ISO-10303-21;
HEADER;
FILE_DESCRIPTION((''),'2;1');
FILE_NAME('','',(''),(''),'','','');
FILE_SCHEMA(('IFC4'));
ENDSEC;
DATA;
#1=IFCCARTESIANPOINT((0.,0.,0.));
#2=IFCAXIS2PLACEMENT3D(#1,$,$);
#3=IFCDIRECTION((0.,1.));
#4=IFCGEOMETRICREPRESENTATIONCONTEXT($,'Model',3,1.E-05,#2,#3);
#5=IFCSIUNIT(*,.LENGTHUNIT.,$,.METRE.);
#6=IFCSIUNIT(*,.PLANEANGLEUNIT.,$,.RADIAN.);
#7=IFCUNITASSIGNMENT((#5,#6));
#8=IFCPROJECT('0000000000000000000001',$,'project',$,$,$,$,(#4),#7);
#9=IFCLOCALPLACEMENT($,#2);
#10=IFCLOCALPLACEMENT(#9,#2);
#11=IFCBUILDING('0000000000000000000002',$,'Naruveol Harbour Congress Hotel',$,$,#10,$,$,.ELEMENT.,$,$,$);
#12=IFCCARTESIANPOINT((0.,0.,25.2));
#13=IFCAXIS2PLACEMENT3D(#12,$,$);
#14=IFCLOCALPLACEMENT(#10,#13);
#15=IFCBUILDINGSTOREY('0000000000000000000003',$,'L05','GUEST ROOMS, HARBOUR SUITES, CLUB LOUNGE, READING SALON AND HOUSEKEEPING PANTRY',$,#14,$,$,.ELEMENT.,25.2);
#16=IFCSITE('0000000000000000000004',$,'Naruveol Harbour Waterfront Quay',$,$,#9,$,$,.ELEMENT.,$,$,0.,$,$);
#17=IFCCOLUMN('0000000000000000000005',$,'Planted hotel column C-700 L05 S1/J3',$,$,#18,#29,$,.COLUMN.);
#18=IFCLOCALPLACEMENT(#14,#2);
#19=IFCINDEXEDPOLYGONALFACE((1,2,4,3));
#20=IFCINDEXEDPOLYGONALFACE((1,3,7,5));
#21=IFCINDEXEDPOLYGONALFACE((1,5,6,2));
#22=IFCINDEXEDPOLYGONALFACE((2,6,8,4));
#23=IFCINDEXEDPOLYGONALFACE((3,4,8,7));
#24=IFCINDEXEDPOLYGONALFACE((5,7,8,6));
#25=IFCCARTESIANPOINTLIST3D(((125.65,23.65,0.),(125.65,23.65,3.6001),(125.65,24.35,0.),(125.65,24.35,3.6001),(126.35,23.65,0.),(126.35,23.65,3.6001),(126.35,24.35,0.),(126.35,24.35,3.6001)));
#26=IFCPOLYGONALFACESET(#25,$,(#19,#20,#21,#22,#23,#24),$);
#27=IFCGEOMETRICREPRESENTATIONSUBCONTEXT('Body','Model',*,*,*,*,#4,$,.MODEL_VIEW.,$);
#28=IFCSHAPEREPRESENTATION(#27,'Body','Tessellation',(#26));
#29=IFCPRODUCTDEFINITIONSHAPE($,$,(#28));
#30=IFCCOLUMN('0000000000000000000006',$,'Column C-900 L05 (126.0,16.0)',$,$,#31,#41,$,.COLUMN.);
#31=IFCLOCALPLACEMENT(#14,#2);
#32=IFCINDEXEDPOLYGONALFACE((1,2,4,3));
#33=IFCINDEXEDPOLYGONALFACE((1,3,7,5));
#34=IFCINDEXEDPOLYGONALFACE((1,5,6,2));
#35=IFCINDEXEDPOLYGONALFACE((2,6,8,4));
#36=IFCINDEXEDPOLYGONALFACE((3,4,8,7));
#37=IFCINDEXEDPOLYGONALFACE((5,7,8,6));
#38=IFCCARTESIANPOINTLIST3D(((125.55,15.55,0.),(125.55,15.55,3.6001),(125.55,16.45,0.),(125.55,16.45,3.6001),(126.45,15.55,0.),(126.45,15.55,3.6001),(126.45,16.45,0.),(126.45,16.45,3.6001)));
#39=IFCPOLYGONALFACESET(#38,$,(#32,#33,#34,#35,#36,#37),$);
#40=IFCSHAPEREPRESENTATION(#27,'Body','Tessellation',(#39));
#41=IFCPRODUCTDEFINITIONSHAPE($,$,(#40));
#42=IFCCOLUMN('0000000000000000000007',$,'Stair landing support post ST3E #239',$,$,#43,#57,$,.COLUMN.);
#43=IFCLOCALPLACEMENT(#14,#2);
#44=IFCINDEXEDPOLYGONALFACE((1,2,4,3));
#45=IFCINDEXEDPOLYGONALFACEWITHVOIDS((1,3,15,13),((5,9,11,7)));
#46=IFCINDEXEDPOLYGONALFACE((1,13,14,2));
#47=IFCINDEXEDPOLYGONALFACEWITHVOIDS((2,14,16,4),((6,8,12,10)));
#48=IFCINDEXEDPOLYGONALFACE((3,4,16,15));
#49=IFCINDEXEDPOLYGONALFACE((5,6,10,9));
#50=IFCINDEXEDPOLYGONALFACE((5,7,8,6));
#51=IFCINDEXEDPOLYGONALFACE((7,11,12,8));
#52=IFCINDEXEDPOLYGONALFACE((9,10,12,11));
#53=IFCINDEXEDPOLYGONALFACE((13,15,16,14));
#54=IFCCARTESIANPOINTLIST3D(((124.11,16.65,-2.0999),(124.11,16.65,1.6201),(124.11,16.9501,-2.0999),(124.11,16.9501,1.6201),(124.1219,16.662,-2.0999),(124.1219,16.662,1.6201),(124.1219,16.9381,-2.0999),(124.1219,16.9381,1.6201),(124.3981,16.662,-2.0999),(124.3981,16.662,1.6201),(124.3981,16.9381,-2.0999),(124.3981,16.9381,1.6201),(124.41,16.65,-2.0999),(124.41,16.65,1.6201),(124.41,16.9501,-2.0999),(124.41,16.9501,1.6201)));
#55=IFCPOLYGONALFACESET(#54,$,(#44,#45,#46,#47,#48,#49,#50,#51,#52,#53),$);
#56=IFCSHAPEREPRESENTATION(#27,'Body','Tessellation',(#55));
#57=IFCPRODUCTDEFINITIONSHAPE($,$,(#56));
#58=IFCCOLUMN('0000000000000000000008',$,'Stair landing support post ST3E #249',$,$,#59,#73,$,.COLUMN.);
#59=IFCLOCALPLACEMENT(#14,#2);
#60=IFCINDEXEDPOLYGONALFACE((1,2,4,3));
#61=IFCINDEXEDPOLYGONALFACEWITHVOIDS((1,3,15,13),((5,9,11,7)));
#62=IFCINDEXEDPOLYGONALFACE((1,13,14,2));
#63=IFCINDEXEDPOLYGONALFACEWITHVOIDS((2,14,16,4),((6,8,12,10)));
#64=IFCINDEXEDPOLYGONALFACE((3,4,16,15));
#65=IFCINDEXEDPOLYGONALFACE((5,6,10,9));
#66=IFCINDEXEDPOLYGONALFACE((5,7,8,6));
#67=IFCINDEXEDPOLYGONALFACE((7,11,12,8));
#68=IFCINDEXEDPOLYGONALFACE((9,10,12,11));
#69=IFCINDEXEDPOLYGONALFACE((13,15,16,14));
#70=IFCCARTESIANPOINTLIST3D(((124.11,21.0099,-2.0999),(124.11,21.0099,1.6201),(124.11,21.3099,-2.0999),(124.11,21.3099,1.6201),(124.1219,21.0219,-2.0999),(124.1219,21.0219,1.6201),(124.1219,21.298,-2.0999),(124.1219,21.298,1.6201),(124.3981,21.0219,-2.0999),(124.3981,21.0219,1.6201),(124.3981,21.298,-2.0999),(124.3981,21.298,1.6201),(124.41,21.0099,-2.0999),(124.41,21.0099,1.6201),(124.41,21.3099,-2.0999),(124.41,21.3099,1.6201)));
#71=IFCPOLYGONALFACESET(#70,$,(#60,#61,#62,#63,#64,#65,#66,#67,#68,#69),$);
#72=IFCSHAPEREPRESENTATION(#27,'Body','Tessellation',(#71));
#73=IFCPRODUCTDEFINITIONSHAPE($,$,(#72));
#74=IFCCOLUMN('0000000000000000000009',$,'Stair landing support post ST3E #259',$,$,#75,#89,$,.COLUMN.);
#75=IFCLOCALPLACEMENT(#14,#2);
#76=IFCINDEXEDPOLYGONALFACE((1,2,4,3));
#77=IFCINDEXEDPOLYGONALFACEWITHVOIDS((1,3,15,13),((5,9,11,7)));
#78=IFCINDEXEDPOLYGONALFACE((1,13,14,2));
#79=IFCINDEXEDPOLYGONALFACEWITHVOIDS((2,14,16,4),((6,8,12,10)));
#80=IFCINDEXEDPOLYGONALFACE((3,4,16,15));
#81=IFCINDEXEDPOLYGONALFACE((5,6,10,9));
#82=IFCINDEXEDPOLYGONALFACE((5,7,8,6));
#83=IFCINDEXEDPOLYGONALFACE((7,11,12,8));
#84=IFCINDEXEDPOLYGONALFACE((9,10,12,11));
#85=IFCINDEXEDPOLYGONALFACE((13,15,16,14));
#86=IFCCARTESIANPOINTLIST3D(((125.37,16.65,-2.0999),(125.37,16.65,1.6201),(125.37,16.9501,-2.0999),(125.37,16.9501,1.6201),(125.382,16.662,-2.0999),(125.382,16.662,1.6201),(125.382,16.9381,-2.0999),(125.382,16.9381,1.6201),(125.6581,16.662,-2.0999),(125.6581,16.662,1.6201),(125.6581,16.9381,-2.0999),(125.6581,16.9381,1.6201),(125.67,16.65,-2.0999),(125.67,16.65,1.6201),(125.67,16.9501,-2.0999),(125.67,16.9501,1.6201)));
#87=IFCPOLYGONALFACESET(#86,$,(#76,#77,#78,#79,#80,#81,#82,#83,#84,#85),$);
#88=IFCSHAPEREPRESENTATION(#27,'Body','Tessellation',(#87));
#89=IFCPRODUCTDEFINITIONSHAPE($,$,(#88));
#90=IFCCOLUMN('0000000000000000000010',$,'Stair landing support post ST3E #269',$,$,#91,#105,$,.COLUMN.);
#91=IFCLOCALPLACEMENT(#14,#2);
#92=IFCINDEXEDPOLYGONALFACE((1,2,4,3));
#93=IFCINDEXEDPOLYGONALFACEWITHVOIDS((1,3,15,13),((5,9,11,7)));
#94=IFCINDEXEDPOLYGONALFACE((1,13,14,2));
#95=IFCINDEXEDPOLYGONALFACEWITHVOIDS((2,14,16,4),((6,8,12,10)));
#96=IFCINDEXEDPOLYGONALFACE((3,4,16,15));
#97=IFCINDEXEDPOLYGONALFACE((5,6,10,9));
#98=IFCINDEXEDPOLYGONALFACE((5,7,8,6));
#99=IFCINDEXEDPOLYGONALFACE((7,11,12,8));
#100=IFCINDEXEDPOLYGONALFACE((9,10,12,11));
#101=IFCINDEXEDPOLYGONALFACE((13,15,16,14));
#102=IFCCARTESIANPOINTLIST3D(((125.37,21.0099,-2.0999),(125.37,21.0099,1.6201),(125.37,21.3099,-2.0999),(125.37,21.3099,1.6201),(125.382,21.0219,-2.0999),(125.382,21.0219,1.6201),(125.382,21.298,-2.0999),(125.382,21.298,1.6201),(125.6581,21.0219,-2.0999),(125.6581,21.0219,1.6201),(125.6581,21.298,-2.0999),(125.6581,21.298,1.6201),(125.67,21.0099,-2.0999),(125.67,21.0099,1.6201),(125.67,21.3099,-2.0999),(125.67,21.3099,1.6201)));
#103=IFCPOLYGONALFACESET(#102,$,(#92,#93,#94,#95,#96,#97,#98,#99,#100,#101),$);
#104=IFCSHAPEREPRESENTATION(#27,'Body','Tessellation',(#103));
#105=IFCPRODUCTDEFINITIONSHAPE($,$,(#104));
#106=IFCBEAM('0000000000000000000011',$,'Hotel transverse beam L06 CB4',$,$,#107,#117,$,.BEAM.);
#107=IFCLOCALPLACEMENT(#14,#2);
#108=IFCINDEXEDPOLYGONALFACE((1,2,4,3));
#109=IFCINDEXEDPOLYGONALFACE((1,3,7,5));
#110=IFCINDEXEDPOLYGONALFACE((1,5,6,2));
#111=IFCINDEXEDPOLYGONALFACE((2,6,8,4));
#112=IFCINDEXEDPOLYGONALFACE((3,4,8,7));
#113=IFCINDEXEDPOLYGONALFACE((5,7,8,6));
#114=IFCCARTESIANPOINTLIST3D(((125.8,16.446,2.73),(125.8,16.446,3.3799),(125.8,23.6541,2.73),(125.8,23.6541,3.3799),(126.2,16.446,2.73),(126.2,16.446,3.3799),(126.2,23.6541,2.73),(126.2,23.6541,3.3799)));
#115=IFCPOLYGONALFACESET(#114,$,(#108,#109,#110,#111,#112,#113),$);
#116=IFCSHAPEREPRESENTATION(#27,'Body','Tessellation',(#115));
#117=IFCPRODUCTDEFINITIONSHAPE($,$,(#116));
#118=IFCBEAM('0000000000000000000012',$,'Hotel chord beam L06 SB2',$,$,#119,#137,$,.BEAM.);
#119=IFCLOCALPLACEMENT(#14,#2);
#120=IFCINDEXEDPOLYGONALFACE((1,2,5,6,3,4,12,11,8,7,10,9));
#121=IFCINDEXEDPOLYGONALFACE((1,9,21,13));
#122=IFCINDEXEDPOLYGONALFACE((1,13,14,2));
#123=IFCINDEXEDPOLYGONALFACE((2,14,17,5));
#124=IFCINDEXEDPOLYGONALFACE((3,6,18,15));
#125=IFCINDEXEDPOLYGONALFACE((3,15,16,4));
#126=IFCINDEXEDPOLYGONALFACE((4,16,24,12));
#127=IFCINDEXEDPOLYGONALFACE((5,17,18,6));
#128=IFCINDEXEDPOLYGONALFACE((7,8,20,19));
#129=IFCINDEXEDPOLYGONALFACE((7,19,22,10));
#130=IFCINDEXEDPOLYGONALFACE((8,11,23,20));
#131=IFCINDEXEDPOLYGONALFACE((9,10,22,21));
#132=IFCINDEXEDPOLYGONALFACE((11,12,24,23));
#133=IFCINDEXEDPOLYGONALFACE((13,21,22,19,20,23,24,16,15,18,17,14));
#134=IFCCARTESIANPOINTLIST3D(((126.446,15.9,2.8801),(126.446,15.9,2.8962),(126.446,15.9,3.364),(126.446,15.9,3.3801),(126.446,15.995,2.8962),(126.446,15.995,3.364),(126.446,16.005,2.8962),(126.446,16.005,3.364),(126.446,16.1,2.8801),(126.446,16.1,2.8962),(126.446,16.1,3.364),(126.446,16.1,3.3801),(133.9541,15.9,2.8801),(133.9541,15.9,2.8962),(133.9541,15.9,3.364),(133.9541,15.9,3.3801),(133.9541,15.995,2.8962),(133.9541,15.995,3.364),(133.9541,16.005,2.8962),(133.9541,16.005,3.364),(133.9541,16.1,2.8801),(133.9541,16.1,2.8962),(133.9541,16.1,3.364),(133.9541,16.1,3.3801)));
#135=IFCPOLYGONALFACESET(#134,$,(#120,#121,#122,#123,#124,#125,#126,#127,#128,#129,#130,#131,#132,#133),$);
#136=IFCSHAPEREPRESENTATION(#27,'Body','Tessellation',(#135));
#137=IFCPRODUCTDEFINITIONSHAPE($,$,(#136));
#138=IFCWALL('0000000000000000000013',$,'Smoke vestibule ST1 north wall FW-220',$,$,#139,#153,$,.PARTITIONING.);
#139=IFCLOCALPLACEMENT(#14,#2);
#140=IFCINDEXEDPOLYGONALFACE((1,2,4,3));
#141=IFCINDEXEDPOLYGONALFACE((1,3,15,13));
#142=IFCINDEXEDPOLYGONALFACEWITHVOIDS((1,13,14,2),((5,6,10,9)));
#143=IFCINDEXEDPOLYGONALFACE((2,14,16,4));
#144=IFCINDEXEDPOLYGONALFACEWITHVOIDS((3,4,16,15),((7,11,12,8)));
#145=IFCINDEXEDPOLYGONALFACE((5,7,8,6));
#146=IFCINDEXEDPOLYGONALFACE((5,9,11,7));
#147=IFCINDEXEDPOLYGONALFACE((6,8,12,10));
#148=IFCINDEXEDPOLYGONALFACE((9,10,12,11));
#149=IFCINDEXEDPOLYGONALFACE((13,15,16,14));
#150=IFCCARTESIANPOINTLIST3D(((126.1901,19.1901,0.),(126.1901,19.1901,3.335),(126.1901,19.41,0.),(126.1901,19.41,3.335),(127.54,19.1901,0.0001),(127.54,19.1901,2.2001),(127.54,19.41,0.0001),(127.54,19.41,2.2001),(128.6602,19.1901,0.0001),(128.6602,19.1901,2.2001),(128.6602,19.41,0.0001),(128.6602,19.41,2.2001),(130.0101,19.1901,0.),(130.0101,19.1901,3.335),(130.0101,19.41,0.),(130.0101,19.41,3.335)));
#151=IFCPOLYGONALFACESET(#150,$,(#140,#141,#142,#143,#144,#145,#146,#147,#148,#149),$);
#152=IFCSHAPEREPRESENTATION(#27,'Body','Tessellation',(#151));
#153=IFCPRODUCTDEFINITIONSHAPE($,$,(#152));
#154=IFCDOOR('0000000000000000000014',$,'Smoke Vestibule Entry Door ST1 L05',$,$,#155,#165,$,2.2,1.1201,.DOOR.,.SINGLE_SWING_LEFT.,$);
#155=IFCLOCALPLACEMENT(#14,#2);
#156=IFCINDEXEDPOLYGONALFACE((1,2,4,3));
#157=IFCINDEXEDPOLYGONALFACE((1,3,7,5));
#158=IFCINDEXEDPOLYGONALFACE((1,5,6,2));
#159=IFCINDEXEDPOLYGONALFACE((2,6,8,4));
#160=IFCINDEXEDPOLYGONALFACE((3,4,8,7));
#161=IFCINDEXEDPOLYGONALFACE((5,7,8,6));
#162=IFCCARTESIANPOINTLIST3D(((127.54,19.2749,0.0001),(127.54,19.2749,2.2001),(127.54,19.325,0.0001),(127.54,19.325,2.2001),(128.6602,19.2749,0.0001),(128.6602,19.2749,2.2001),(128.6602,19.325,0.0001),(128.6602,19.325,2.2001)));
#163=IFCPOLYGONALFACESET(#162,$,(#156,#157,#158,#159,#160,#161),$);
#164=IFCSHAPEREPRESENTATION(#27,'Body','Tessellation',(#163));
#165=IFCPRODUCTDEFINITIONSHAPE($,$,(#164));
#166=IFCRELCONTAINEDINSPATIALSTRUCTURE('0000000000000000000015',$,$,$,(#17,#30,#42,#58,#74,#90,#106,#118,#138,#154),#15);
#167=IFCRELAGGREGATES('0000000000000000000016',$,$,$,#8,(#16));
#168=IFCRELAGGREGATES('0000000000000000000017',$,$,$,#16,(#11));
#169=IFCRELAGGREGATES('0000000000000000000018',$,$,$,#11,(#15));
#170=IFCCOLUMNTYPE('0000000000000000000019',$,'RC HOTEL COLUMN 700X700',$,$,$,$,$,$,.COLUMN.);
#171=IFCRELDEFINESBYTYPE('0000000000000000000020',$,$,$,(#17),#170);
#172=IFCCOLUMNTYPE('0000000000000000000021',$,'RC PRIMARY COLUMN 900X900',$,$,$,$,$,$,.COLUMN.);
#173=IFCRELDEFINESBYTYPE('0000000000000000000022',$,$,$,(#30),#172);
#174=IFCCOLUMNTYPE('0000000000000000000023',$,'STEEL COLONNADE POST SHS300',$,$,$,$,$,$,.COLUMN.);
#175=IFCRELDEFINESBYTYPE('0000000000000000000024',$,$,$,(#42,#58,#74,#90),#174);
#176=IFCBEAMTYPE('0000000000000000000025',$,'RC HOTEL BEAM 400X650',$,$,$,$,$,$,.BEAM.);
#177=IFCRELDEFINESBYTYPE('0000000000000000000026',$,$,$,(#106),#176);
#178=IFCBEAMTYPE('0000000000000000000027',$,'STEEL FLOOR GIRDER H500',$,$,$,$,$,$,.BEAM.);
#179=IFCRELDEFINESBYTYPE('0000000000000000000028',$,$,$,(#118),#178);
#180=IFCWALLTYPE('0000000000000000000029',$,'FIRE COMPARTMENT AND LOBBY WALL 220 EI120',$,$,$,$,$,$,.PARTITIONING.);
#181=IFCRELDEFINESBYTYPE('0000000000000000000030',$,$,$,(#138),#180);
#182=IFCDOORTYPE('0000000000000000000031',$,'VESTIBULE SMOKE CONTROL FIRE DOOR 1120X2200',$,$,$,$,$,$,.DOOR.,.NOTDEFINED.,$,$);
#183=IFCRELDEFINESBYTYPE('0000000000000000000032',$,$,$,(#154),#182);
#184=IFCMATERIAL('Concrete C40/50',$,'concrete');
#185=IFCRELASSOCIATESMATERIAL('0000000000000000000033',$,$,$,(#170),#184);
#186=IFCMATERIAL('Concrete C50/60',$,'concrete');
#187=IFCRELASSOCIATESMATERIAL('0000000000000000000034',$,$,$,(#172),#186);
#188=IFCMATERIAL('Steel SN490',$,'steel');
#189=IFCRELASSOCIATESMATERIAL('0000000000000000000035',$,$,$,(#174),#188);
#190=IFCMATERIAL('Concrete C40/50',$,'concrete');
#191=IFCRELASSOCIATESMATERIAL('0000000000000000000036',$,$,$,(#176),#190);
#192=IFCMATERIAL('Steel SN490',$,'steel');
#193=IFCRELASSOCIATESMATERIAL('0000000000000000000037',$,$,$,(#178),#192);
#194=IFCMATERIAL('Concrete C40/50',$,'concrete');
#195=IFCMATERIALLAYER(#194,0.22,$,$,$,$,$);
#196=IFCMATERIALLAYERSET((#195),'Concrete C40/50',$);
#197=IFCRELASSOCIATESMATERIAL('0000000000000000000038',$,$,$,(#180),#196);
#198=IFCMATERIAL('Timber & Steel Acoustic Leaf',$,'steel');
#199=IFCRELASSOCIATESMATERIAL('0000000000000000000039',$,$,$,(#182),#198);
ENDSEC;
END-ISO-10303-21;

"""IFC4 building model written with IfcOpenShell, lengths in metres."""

from ifc_helpers import new_model, si_unit, direction, frame, frame_2d, origin, origin_2d, place, context, subcontext, project, spatial, rectangle, hollow_rectangle, i_section, extrude, material, layer, layer_set, material_profile, profile_set, type_object, element, fill, save


model = new_model("IFC4")

# Units and contexts
model_context = context("Model", 3, precision=1e-05, world=origin(), true_north=direction((0.0, 1.0)))
body_context = subcontext(model_context, "Body", "Model", "MODEL_VIEW")
ifc_project = project(units=[si_unit("LENGTHUNIT", "METRE"), si_unit("PLANEANGLEUNIT", "RADIAN")], contexts=[model_context])

# Site, building, storey
site_placement = place(None, origin())
site = spatial("IfcSite", under=ifc_project, at=site_placement, Name="Naruveol Harbour Waterfront Quay", CompositionType="ELEMENT", RefElevation=0.0)
building_placement = place(site_placement, origin())
building = spatial("IfcBuilding", under=site, at=building_placement, Name="Naruveol Harbour Congress Hotel", CompositionType="ELEMENT")
storey_placement = place(building_placement, frame((0.0, 0.0, 25.2)))
storey = spatial("IfcBuildingStorey", under=building, at=storey_placement, Name="L05", Description="GUEST ROOMS, HARBOUR SUITES, CLUB LOUNGE, READING SALON AND HOUSEKEEPING PANTRY", CompositionType="ELEMENT", Elevation=25.2)

# Columns
ifc_material_1 = material(Name="Concrete C40/50", Category="concrete")
ifc_material_profile_1 = material_profile(ifc_material_1, rectangle(XDim=0.7, YDim=0.7, at=origin_2d()), Name="RC-700x700")
ifc_profile_set_1 = profile_set([ifc_material_profile_1], Name="Concrete C40/50")
column_type_1 = type_object("IfcColumnType", Name="RC HOTEL COLUMN 700X700", PredefinedType="COLUMN", material=ifc_profile_set_1)
column_1_placement = place(storey_placement, frame((126.0, 24.0, 0.0), z_axis=(0.0, 0.0, 1.0), x_axis=(1.0, 0.0, 0.0)))
element("IfcColumn", 1, at=column_1_placement, inside=storey, type_object=column_type_1, Name="Planted hotel column C-700 L05 S1/J3", PredefinedType="COLUMN", context=body_context, shape_type="SweptSolid", body=[
    extrude(rectangle(XDim=0.7, YDim=0.7, at=origin_2d()), origin(), (0.0, 0.0, 1.0), 3.6001),
])
ifc_material_2 = material(Name="Concrete C50/60", Category="concrete")
ifc_material_profile_2 = material_profile(ifc_material_2, rectangle(XDim=0.8999, YDim=0.8999, at=origin_2d()), Name="RC-900x900")
ifc_profile_set_2 = profile_set([ifc_material_profile_2], Name="Concrete C50/60")
column_type_2 = type_object("IfcColumnType", Name="RC PRIMARY COLUMN 900X900", PredefinedType="COLUMN", material=ifc_profile_set_2)
column_2_placement = place(storey_placement, frame((126.0, 16.0, 0.0), z_axis=(0.0, 0.0, 1.0), x_axis=(1.0, 0.0, 0.0)))
element("IfcColumn", 2, at=column_2_placement, inside=storey, type_object=column_type_2, Name="Column C-900 L05 (126.0,16.0)", PredefinedType="COLUMN", context=body_context, shape_type="SweptSolid", body=[
    extrude(rectangle(XDim=0.8999, YDim=0.8999, at=origin_2d()), origin(), (0.0, 0.0, 1.0), 3.6001),
])
ifc_material_3 = material(Name="Steel SN490", Category="steel")
ifc_material_profile_3 = material_profile(ifc_material_3, hollow_rectangle(XDim=0.3, YDim=0.3, WallThickness=0.012, at=origin_2d()), Name="SHS-300x300x12")
ifc_profile_set_3 = profile_set([ifc_material_profile_3], Name="Steel SN490")
column_type_3 = type_object("IfcColumnType", Name="STEEL COLONNADE POST SHS300", PredefinedType="COLUMN", material=ifc_profile_set_3)
for number, where, z_axis, x_axis, name in (
    (3, (124.26, 16.8, -2.0999), (0.0, 0.0, 1.0), (1.0, 0.0, 0.0), "Stair landing support post ST3E #239"),
    (4, (124.26, 21.1599, -2.0999), (0.0, 0.0, 1.0), (1.0, 0.0, 0.0), "Stair landing support post ST3E #249"),
    (5, (125.52, 16.8, -2.0999), (0.0, 0.0, 1.0), (1.0, 0.0, 0.0), "Stair landing support post ST3E #259"),
    (6, (125.52, 21.1599, -2.0999), (0.0, 0.0, 1.0), (1.0, 0.0, 0.0), "Stair landing support post ST3E #269"),
):
    element("IfcColumn", number, at=place(storey_placement, frame(where, z_axis=z_axis, x_axis=x_axis)), inside=storey, type_object=column_type_3, Name=name, PredefinedType="COLUMN", context=body_context, shape_type="SweptSolid", body=[
        extrude(hollow_rectangle(XDim=0.3, YDim=0.3, WallThickness=0.012, at=origin_2d()), origin(), (0.0, 0.0, 1.0), 3.72),
    ])

# Beams
ifc_material_4 = material(Name="Concrete C40/50", Category="concrete")
ifc_material_profile_4 = material_profile(ifc_material_4, rectangle(XDim=0.3999, YDim=0.6499, at=origin_2d()), Name="RCB-400x650")
ifc_profile_set_4 = profile_set([ifc_material_profile_4], Name="Concrete C40/50")
beam_type_1 = type_object("IfcBeamType", Name="RC HOTEL BEAM 400X650", PredefinedType="BEAM", material=ifc_profile_set_4)
beam_1_placement = place(storey_placement, frame((126.0, 16.446, 3.0549), z_axis=(0.0, 1.0, 0.0), x_axis=(-1.0, 0.0, 0.0)))
element("IfcBeam", 7, at=beam_1_placement, inside=storey, type_object=beam_type_1, Name="Hotel transverse beam L06 CB4", PredefinedType="BEAM", context=body_context, shape_type="SweptSolid", body=[
    extrude(rectangle(XDim=0.3999, YDim=0.6499, at=origin_2d()), origin(), (0.0, 0.0, 1.0), 7.208),
])
ifc_material_5 = material(Name="Steel SN490", Category="steel")
ifc_material_profile_5 = material_profile(ifc_material_5, i_section(OverallWidth=0.2, OverallDepth=0.5, WebThickness=0.01, FlangeThickness=0.0161, at=origin_2d()), Name="H-500x200x10x16")
ifc_profile_set_5 = profile_set([ifc_material_profile_5], Name="Steel SN490")
beam_type_2 = type_object("IfcBeamType", Name="STEEL FLOOR GIRDER H500", PredefinedType="BEAM", material=ifc_profile_set_5)
beam_2_placement = place(storey_placement, frame((126.446, 16.0, 3.1301), z_axis=(1.0, 0.0, 0.0), x_axis=(0.0, 1.0, 0.0)))
element("IfcBeam", 8, at=beam_2_placement, inside=storey, type_object=beam_type_2, Name="Hotel chord beam L06 SB2", PredefinedType="BEAM", context=body_context, shape_type="SweptSolid", body=[
    extrude(i_section(OverallWidth=0.2, OverallDepth=0.5, WebThickness=0.01, FlangeThickness=0.0161, at=origin_2d()), origin(), (0.0, 0.0, 1.0), 7.5081),
])

# Wall, opening, door
ifc_material_6 = material(Name="Concrete C40/50", Category="concrete")
ifc_layer_1 = layer(ifc_material_6, 0.22)
ifc_layer_set_1 = layer_set([ifc_layer_1], Name="Concrete C40/50")
wall_type_1 = type_object("IfcWallType", Name="FIRE COMPARTMENT AND LOBBY WALL 220 EI120", PredefinedType="PARTITIONING", material=ifc_layer_set_1)
wall_1_placement = place(storey_placement, frame((126.1899, 19.3, 0.0), z_axis=(0.0, 0.0, 1.0), x_axis=(1.0, 0.0, 0.0)))
wall_1 = element("IfcWall", 9, at=wall_1_placement, inside=storey, type_object=wall_type_1, Name="Smoke vestibule ST1 north wall FW-220", PredefinedType="PARTITIONING", context=body_context, shape_type="SweptSolid", body=[
    extrude(rectangle(XDim=3.8201, YDim=0.22, at=frame_2d((1.9102, 0.0))), origin(), (0.0, 0.0, 1.0), 3.335),
])
opening_1_placement = place(wall_1_placement, frame((1.3501, 0.0, 0.0)))
opening_1 = element("IfcOpeningElement", 10, at=opening_1_placement, cuts=wall_1, PredefinedType="OPENING", context=body_context, shape_type="SweptSolid", body=[
    extrude(rectangle(XDim=1.1201, YDim=2.2, at=frame_2d((0.5601, 1.1001))), frame((0.0, 0.1199, 0.0), z_axis=(0.0, -1.0, 0.0), x_axis=(1.0, 0.0, 0.0)), (0.0, 0.0, 1.0), 0.24),
])
ifc_material_7 = material(Name="Timber & Steel Acoustic Leaf", Category="steel")
door_type_1 = type_object("IfcDoorType", Name="VESTIBULE SMOKE CONTROL FIRE DOOR 1120X2200", OperationType="NOTDEFINED", PredefinedType="DOOR", material=ifc_material_7)
door_1_placement = place(opening_1_placement, origin())
door_1 = element("IfcDoor", 11, at=door_1_placement, inside=storey, type_object=door_type_1, Name="Smoke Vestibule Entry Door ST1 L05", OperationType="SINGLE_SWING_LEFT", OverallHeight=2.2, OverallWidth=1.1201, PredefinedType="DOOR", context=body_context, shape_type="SweptSolid", body=[
    extrude(rectangle(XDim=1.1201, YDim=2.2, at=frame_2d((0.5601, 1.1001))), frame((0.0, 0.0249, 0.0), z_axis=(0.0, -1.0, 0.0), x_axis=(1.0, 0.0, 0.0)), (0.0, 0.0, 1.0), 0.05),
])
fill(opening_1, door_1)

save(model, "model.ifc")
